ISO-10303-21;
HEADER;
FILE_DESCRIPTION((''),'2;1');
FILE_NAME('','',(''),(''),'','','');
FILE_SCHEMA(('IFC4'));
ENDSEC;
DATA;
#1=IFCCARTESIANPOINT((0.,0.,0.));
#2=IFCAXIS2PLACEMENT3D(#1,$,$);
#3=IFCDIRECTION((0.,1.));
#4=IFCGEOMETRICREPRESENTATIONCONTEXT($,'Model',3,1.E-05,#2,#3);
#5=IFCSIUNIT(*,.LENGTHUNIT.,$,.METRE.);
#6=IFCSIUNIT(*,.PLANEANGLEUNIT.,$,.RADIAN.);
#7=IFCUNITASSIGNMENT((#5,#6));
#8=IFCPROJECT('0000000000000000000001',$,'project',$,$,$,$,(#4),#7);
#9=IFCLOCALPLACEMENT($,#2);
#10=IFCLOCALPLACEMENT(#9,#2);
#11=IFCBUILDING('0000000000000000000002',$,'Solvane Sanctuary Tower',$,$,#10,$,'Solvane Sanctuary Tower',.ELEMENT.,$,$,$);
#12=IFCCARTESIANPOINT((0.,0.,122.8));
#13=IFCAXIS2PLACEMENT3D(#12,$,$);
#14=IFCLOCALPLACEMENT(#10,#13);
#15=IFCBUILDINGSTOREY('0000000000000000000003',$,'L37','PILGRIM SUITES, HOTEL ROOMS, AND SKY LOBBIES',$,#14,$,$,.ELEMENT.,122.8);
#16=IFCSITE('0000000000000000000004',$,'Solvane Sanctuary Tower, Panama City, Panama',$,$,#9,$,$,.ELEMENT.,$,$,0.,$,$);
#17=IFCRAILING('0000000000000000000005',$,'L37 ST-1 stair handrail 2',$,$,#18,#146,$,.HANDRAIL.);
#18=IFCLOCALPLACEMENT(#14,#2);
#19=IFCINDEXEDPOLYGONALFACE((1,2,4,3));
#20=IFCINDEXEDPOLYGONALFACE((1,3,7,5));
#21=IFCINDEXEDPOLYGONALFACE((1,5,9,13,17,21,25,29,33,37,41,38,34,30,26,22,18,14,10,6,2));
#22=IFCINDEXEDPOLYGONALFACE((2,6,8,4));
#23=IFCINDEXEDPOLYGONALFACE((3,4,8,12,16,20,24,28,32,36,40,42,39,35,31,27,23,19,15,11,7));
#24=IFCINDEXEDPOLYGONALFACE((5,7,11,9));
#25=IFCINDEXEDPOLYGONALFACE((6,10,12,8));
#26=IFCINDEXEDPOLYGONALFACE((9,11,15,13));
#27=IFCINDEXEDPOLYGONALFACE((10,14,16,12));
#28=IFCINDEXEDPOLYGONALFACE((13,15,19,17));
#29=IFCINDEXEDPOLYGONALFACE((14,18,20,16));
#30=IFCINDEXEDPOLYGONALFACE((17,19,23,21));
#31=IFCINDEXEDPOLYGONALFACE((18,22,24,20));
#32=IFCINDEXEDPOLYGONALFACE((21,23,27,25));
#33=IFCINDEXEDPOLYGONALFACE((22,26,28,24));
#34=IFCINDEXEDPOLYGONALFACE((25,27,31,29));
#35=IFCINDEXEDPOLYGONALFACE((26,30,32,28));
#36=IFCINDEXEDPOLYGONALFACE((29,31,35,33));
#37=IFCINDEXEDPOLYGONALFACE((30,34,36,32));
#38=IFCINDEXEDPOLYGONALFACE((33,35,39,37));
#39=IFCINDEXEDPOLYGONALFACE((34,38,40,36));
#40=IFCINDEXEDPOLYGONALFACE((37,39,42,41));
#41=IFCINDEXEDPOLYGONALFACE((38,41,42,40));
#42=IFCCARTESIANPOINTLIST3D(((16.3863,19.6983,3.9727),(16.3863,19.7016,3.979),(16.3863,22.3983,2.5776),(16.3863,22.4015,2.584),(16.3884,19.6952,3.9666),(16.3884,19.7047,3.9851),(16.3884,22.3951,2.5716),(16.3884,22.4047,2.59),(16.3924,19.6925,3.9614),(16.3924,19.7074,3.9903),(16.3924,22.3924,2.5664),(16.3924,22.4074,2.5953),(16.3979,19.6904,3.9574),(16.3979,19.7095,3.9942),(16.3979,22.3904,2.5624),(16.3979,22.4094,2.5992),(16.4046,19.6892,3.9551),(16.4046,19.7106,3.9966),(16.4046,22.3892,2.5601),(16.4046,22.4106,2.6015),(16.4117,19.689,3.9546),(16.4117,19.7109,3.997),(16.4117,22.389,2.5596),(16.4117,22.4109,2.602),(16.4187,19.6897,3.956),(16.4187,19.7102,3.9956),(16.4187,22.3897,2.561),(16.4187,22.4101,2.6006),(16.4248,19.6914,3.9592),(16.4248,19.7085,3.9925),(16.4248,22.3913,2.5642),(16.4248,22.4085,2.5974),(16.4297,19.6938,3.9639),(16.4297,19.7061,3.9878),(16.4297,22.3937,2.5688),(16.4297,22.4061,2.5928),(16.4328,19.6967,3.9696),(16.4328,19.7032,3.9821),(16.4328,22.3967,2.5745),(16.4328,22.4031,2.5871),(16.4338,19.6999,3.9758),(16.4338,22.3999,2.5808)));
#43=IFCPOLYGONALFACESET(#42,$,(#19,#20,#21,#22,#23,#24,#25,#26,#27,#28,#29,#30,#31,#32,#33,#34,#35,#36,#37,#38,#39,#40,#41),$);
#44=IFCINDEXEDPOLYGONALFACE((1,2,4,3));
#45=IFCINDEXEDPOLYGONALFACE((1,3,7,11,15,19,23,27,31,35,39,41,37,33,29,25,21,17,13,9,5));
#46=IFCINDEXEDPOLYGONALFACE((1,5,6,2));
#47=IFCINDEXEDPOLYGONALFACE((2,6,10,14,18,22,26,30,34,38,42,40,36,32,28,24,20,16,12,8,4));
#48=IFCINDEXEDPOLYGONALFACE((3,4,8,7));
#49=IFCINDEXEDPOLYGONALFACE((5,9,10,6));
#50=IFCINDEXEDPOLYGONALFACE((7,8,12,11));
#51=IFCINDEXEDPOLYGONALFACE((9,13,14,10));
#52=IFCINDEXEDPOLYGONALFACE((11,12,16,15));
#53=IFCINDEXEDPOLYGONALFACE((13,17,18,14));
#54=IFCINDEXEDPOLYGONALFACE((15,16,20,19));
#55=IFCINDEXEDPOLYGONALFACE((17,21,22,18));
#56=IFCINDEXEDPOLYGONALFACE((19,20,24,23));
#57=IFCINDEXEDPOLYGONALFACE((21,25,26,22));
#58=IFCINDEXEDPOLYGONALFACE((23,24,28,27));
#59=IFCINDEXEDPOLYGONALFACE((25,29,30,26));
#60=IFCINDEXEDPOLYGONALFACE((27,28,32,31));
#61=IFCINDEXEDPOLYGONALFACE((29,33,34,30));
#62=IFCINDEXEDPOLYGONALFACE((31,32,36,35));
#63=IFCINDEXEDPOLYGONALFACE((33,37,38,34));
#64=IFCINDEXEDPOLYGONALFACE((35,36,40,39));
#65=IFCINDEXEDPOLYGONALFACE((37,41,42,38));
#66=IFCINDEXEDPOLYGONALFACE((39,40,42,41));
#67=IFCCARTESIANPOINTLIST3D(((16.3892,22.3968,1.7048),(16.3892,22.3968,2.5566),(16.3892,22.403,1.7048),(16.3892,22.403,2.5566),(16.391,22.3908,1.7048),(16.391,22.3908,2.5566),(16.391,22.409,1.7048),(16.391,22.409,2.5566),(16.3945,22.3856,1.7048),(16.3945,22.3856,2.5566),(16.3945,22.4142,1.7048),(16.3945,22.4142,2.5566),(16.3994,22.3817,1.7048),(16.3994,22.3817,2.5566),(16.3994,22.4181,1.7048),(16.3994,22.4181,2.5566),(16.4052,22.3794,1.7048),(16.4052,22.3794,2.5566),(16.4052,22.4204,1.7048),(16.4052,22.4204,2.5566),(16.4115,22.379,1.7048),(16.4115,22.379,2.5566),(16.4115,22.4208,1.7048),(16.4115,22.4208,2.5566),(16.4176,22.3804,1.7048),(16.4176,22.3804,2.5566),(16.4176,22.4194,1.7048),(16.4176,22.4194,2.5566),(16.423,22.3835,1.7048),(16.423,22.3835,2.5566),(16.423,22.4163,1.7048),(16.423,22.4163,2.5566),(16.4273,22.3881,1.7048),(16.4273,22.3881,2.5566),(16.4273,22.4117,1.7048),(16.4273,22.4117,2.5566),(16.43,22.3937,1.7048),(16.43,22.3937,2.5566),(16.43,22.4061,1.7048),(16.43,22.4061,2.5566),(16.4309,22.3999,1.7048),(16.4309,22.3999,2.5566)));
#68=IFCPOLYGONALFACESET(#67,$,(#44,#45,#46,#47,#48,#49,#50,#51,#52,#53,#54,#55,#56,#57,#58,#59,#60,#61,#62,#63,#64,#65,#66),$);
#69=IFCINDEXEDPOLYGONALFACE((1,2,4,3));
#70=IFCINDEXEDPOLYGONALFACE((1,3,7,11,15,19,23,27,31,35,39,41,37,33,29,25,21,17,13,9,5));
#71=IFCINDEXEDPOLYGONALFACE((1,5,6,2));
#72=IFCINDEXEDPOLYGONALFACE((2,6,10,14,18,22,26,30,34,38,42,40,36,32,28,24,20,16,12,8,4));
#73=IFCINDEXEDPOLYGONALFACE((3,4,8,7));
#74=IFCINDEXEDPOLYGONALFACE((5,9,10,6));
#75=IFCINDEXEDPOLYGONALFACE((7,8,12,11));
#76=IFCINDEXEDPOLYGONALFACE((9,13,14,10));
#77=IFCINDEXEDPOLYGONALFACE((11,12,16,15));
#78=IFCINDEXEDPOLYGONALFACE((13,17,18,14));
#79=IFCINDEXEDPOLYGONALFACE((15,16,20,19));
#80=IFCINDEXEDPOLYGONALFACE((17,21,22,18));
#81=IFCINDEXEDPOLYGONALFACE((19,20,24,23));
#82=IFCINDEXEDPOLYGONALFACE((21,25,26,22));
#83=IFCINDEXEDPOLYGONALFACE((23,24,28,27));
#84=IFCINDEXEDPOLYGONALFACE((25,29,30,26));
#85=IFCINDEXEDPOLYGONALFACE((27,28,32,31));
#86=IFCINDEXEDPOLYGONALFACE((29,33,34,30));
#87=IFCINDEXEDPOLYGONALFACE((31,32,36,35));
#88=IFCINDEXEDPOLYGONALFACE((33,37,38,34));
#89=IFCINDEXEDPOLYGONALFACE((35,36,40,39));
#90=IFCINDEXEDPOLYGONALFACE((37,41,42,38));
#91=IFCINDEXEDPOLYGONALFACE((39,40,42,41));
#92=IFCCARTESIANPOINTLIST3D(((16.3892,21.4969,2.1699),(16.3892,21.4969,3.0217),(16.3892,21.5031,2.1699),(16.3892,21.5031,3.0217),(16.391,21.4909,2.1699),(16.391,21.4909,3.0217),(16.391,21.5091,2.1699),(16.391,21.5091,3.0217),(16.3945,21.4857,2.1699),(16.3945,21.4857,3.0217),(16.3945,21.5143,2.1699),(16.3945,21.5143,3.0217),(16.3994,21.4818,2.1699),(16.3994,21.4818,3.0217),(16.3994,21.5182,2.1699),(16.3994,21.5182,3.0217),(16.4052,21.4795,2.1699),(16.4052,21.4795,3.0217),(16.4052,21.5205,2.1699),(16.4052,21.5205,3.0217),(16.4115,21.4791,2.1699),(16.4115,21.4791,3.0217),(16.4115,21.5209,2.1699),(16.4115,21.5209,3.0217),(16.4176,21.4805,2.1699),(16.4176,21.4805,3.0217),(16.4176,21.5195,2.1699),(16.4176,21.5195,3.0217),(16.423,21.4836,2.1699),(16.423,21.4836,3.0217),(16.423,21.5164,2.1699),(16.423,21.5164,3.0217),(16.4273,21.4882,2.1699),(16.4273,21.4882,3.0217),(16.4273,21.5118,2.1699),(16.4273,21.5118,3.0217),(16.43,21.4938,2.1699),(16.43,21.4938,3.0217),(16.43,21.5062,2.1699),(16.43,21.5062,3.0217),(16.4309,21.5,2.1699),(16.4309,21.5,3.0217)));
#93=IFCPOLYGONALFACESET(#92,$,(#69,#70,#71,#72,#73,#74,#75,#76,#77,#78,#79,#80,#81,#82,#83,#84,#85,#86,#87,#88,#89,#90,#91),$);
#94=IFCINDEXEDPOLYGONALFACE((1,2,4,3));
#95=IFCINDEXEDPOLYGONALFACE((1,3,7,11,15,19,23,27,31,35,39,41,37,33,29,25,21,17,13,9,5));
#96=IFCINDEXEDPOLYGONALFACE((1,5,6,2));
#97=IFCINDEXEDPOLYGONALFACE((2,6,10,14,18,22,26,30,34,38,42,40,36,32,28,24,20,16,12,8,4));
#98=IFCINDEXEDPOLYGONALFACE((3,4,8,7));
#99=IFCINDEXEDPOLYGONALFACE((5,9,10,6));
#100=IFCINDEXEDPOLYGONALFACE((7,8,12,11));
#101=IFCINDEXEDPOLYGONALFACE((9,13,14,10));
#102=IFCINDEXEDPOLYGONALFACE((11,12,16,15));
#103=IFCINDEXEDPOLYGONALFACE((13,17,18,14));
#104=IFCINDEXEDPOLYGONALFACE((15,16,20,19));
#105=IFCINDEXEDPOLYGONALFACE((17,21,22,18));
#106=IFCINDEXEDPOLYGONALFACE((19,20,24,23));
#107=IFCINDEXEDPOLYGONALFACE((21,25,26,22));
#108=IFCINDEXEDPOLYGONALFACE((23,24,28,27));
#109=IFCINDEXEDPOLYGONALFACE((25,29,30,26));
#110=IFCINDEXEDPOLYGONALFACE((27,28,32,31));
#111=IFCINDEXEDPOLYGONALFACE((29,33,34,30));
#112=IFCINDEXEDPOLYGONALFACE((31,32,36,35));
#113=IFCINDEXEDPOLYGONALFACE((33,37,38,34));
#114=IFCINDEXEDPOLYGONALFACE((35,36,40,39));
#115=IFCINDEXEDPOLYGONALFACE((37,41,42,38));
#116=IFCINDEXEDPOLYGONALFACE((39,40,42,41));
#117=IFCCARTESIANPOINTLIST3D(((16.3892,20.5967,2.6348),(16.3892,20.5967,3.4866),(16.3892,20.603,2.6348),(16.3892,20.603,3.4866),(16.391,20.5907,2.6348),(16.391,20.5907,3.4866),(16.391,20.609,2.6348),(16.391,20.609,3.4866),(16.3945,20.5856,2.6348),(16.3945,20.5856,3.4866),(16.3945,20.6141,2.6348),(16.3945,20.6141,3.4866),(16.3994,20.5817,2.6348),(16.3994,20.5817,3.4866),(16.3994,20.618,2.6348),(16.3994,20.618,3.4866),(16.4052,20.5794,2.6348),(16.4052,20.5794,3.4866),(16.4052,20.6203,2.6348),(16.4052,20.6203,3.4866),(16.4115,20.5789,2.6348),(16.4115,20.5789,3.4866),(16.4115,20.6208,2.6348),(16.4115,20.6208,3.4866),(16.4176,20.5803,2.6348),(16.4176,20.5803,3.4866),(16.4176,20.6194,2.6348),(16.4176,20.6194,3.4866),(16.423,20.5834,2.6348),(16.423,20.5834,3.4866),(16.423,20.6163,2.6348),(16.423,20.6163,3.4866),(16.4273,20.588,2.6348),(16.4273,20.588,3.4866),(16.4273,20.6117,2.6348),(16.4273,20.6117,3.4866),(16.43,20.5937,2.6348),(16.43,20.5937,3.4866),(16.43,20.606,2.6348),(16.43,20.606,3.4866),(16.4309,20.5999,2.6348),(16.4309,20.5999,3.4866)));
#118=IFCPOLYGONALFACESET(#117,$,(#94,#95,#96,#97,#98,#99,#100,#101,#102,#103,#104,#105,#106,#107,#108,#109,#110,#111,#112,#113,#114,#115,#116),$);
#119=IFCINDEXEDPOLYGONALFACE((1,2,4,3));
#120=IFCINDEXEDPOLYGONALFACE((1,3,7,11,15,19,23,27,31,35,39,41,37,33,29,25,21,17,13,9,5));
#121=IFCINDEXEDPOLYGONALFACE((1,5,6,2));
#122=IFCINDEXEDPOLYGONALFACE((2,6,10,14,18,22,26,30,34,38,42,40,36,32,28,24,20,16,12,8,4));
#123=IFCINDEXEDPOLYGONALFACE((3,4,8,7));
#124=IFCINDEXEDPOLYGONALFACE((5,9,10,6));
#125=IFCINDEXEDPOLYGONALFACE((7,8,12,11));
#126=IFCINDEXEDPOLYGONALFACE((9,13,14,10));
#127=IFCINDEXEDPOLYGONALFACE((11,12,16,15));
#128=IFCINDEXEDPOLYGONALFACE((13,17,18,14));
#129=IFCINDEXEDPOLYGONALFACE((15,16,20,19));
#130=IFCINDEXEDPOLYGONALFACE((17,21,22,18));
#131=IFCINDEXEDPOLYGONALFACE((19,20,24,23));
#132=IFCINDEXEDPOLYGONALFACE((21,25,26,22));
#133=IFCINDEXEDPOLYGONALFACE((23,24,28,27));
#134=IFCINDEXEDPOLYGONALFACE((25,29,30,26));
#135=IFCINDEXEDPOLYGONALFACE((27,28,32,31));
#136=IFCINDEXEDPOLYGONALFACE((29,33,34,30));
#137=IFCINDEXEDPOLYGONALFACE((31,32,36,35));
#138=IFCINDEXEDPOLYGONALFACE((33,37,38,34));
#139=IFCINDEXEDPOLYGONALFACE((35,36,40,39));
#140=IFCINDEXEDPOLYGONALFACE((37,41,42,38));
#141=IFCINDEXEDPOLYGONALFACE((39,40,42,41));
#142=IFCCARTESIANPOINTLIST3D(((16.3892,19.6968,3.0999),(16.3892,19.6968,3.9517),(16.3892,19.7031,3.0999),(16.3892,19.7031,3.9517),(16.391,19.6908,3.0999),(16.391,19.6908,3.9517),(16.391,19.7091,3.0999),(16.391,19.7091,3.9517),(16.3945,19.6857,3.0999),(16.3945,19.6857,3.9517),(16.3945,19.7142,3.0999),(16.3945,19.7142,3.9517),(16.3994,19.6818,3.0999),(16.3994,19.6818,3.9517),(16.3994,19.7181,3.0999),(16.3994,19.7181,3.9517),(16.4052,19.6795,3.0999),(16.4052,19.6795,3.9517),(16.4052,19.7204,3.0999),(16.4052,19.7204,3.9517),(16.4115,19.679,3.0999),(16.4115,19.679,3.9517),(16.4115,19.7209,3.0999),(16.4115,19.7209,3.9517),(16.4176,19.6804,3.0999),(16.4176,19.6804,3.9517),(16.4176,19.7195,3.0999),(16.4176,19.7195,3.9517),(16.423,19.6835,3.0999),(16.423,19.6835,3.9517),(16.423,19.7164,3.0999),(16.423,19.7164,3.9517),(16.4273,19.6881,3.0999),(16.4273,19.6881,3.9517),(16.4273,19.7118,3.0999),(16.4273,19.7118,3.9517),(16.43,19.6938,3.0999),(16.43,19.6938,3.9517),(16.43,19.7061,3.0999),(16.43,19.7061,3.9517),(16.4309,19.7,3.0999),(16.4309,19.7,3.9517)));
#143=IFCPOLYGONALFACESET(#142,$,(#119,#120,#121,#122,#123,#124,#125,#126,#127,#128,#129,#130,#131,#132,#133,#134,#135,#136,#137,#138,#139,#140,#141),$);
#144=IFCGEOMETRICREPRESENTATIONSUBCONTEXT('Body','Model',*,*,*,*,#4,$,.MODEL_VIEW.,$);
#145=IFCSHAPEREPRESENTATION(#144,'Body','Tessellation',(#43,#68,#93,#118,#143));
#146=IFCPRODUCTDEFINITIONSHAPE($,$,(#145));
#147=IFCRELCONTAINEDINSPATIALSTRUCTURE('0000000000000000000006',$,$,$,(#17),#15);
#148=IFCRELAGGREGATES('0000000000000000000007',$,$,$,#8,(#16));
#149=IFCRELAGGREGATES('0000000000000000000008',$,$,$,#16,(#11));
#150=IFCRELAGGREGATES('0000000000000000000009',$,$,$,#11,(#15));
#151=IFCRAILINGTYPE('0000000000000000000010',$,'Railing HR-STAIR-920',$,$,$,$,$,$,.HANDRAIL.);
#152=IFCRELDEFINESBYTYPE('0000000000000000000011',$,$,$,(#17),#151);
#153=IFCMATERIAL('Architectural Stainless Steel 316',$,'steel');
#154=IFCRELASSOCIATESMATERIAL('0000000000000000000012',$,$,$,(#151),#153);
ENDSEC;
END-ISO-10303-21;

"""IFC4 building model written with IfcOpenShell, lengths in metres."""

from ifc_helpers import new_model, si_unit, direction, frame, origin, origin_2d, place, context, subcontext, project, spatial, circle, extrude, material, type_object, element, save


model = new_model("IFC4")

# Units and contexts
model_context = context("Model", 3, precision=1e-05, world=origin(), true_north=direction((0.0, 1.0)))
body_context = subcontext(model_context, "Body", "Model", "MODEL_VIEW")
ifc_project = project(units=[si_unit("LENGTHUNIT", "METRE"), si_unit("PLANEANGLEUNIT", "RADIAN")], contexts=[model_context])

# Site, building, storey
site_placement = place(None, origin())
site = spatial("IfcSite", under=ifc_project, at=site_placement, Name="Solvane Sanctuary Tower, Panama City, Panama", CompositionType="ELEMENT", RefElevation=0.0)
building_placement = place(site_placement, origin())
building = spatial("IfcBuilding", under=site, at=building_placement, Name="Solvane Sanctuary Tower", LongName="Solvane Sanctuary Tower", CompositionType="ELEMENT")
storey_placement = place(building_placement, frame((0.0, 0.0, 122.8)))
storey = spatial("IfcBuildingStorey", under=building, at=storey_placement, Name="L37", Description="PILGRIM SUITES, HOTEL ROOMS, AND SKY LOBBIES", CompositionType="ELEMENT", Elevation=122.8)

# Shared definitions
ifc_material_1 = material(Name="Architectural Stainless Steel 316", Category="steel")

# Railing
railing_type_1 = type_object("IfcRailingType", Name="Railing HR-STAIR-920", PredefinedType="HANDRAIL", material=ifc_material_1)
railing_1_placement = place(storey_placement, frame((16.4099, 22.3999, 1.7048)))
element("IfcRailing", 1, at=railing_1_placement, inside=storey, type_object=railing_type_1, Name="L37 ST-1 stair handrail 2", PredefinedType="HANDRAIL", context=body_context, shape_type="SweptSolid", body=[
    extrude(circle(Radius=0.0239, at=origin_2d()), frame((0.0, 0.0, 0.876), z_axis=(0.0, -0.88842, 0.459032), x_axis=(1.0, 0.0, 0.0)), (0.0, 0.0, 1.0), 3.0391),
    extrude(circle(Radius=0.021, at=origin_2d()), origin(), (0.0, 0.0, 1.0), 0.8518),
    extrude(circle(Radius=0.021, at=origin_2d()), frame((0.0, -0.8999, 0.4651)), (0.0, 0.0, 1.0), 0.8518),
    extrude(circle(Radius=0.021, at=origin_2d()), frame((0.0, -1.8, 0.9299)), (0.0, 0.0, 1.0), 0.8518),
    extrude(circle(Radius=0.021, at=origin_2d()), frame((0.0, -2.7, 1.395)), (0.0, 0.0, 1.0), 0.8518),
])

save(model, "model.ifc")
